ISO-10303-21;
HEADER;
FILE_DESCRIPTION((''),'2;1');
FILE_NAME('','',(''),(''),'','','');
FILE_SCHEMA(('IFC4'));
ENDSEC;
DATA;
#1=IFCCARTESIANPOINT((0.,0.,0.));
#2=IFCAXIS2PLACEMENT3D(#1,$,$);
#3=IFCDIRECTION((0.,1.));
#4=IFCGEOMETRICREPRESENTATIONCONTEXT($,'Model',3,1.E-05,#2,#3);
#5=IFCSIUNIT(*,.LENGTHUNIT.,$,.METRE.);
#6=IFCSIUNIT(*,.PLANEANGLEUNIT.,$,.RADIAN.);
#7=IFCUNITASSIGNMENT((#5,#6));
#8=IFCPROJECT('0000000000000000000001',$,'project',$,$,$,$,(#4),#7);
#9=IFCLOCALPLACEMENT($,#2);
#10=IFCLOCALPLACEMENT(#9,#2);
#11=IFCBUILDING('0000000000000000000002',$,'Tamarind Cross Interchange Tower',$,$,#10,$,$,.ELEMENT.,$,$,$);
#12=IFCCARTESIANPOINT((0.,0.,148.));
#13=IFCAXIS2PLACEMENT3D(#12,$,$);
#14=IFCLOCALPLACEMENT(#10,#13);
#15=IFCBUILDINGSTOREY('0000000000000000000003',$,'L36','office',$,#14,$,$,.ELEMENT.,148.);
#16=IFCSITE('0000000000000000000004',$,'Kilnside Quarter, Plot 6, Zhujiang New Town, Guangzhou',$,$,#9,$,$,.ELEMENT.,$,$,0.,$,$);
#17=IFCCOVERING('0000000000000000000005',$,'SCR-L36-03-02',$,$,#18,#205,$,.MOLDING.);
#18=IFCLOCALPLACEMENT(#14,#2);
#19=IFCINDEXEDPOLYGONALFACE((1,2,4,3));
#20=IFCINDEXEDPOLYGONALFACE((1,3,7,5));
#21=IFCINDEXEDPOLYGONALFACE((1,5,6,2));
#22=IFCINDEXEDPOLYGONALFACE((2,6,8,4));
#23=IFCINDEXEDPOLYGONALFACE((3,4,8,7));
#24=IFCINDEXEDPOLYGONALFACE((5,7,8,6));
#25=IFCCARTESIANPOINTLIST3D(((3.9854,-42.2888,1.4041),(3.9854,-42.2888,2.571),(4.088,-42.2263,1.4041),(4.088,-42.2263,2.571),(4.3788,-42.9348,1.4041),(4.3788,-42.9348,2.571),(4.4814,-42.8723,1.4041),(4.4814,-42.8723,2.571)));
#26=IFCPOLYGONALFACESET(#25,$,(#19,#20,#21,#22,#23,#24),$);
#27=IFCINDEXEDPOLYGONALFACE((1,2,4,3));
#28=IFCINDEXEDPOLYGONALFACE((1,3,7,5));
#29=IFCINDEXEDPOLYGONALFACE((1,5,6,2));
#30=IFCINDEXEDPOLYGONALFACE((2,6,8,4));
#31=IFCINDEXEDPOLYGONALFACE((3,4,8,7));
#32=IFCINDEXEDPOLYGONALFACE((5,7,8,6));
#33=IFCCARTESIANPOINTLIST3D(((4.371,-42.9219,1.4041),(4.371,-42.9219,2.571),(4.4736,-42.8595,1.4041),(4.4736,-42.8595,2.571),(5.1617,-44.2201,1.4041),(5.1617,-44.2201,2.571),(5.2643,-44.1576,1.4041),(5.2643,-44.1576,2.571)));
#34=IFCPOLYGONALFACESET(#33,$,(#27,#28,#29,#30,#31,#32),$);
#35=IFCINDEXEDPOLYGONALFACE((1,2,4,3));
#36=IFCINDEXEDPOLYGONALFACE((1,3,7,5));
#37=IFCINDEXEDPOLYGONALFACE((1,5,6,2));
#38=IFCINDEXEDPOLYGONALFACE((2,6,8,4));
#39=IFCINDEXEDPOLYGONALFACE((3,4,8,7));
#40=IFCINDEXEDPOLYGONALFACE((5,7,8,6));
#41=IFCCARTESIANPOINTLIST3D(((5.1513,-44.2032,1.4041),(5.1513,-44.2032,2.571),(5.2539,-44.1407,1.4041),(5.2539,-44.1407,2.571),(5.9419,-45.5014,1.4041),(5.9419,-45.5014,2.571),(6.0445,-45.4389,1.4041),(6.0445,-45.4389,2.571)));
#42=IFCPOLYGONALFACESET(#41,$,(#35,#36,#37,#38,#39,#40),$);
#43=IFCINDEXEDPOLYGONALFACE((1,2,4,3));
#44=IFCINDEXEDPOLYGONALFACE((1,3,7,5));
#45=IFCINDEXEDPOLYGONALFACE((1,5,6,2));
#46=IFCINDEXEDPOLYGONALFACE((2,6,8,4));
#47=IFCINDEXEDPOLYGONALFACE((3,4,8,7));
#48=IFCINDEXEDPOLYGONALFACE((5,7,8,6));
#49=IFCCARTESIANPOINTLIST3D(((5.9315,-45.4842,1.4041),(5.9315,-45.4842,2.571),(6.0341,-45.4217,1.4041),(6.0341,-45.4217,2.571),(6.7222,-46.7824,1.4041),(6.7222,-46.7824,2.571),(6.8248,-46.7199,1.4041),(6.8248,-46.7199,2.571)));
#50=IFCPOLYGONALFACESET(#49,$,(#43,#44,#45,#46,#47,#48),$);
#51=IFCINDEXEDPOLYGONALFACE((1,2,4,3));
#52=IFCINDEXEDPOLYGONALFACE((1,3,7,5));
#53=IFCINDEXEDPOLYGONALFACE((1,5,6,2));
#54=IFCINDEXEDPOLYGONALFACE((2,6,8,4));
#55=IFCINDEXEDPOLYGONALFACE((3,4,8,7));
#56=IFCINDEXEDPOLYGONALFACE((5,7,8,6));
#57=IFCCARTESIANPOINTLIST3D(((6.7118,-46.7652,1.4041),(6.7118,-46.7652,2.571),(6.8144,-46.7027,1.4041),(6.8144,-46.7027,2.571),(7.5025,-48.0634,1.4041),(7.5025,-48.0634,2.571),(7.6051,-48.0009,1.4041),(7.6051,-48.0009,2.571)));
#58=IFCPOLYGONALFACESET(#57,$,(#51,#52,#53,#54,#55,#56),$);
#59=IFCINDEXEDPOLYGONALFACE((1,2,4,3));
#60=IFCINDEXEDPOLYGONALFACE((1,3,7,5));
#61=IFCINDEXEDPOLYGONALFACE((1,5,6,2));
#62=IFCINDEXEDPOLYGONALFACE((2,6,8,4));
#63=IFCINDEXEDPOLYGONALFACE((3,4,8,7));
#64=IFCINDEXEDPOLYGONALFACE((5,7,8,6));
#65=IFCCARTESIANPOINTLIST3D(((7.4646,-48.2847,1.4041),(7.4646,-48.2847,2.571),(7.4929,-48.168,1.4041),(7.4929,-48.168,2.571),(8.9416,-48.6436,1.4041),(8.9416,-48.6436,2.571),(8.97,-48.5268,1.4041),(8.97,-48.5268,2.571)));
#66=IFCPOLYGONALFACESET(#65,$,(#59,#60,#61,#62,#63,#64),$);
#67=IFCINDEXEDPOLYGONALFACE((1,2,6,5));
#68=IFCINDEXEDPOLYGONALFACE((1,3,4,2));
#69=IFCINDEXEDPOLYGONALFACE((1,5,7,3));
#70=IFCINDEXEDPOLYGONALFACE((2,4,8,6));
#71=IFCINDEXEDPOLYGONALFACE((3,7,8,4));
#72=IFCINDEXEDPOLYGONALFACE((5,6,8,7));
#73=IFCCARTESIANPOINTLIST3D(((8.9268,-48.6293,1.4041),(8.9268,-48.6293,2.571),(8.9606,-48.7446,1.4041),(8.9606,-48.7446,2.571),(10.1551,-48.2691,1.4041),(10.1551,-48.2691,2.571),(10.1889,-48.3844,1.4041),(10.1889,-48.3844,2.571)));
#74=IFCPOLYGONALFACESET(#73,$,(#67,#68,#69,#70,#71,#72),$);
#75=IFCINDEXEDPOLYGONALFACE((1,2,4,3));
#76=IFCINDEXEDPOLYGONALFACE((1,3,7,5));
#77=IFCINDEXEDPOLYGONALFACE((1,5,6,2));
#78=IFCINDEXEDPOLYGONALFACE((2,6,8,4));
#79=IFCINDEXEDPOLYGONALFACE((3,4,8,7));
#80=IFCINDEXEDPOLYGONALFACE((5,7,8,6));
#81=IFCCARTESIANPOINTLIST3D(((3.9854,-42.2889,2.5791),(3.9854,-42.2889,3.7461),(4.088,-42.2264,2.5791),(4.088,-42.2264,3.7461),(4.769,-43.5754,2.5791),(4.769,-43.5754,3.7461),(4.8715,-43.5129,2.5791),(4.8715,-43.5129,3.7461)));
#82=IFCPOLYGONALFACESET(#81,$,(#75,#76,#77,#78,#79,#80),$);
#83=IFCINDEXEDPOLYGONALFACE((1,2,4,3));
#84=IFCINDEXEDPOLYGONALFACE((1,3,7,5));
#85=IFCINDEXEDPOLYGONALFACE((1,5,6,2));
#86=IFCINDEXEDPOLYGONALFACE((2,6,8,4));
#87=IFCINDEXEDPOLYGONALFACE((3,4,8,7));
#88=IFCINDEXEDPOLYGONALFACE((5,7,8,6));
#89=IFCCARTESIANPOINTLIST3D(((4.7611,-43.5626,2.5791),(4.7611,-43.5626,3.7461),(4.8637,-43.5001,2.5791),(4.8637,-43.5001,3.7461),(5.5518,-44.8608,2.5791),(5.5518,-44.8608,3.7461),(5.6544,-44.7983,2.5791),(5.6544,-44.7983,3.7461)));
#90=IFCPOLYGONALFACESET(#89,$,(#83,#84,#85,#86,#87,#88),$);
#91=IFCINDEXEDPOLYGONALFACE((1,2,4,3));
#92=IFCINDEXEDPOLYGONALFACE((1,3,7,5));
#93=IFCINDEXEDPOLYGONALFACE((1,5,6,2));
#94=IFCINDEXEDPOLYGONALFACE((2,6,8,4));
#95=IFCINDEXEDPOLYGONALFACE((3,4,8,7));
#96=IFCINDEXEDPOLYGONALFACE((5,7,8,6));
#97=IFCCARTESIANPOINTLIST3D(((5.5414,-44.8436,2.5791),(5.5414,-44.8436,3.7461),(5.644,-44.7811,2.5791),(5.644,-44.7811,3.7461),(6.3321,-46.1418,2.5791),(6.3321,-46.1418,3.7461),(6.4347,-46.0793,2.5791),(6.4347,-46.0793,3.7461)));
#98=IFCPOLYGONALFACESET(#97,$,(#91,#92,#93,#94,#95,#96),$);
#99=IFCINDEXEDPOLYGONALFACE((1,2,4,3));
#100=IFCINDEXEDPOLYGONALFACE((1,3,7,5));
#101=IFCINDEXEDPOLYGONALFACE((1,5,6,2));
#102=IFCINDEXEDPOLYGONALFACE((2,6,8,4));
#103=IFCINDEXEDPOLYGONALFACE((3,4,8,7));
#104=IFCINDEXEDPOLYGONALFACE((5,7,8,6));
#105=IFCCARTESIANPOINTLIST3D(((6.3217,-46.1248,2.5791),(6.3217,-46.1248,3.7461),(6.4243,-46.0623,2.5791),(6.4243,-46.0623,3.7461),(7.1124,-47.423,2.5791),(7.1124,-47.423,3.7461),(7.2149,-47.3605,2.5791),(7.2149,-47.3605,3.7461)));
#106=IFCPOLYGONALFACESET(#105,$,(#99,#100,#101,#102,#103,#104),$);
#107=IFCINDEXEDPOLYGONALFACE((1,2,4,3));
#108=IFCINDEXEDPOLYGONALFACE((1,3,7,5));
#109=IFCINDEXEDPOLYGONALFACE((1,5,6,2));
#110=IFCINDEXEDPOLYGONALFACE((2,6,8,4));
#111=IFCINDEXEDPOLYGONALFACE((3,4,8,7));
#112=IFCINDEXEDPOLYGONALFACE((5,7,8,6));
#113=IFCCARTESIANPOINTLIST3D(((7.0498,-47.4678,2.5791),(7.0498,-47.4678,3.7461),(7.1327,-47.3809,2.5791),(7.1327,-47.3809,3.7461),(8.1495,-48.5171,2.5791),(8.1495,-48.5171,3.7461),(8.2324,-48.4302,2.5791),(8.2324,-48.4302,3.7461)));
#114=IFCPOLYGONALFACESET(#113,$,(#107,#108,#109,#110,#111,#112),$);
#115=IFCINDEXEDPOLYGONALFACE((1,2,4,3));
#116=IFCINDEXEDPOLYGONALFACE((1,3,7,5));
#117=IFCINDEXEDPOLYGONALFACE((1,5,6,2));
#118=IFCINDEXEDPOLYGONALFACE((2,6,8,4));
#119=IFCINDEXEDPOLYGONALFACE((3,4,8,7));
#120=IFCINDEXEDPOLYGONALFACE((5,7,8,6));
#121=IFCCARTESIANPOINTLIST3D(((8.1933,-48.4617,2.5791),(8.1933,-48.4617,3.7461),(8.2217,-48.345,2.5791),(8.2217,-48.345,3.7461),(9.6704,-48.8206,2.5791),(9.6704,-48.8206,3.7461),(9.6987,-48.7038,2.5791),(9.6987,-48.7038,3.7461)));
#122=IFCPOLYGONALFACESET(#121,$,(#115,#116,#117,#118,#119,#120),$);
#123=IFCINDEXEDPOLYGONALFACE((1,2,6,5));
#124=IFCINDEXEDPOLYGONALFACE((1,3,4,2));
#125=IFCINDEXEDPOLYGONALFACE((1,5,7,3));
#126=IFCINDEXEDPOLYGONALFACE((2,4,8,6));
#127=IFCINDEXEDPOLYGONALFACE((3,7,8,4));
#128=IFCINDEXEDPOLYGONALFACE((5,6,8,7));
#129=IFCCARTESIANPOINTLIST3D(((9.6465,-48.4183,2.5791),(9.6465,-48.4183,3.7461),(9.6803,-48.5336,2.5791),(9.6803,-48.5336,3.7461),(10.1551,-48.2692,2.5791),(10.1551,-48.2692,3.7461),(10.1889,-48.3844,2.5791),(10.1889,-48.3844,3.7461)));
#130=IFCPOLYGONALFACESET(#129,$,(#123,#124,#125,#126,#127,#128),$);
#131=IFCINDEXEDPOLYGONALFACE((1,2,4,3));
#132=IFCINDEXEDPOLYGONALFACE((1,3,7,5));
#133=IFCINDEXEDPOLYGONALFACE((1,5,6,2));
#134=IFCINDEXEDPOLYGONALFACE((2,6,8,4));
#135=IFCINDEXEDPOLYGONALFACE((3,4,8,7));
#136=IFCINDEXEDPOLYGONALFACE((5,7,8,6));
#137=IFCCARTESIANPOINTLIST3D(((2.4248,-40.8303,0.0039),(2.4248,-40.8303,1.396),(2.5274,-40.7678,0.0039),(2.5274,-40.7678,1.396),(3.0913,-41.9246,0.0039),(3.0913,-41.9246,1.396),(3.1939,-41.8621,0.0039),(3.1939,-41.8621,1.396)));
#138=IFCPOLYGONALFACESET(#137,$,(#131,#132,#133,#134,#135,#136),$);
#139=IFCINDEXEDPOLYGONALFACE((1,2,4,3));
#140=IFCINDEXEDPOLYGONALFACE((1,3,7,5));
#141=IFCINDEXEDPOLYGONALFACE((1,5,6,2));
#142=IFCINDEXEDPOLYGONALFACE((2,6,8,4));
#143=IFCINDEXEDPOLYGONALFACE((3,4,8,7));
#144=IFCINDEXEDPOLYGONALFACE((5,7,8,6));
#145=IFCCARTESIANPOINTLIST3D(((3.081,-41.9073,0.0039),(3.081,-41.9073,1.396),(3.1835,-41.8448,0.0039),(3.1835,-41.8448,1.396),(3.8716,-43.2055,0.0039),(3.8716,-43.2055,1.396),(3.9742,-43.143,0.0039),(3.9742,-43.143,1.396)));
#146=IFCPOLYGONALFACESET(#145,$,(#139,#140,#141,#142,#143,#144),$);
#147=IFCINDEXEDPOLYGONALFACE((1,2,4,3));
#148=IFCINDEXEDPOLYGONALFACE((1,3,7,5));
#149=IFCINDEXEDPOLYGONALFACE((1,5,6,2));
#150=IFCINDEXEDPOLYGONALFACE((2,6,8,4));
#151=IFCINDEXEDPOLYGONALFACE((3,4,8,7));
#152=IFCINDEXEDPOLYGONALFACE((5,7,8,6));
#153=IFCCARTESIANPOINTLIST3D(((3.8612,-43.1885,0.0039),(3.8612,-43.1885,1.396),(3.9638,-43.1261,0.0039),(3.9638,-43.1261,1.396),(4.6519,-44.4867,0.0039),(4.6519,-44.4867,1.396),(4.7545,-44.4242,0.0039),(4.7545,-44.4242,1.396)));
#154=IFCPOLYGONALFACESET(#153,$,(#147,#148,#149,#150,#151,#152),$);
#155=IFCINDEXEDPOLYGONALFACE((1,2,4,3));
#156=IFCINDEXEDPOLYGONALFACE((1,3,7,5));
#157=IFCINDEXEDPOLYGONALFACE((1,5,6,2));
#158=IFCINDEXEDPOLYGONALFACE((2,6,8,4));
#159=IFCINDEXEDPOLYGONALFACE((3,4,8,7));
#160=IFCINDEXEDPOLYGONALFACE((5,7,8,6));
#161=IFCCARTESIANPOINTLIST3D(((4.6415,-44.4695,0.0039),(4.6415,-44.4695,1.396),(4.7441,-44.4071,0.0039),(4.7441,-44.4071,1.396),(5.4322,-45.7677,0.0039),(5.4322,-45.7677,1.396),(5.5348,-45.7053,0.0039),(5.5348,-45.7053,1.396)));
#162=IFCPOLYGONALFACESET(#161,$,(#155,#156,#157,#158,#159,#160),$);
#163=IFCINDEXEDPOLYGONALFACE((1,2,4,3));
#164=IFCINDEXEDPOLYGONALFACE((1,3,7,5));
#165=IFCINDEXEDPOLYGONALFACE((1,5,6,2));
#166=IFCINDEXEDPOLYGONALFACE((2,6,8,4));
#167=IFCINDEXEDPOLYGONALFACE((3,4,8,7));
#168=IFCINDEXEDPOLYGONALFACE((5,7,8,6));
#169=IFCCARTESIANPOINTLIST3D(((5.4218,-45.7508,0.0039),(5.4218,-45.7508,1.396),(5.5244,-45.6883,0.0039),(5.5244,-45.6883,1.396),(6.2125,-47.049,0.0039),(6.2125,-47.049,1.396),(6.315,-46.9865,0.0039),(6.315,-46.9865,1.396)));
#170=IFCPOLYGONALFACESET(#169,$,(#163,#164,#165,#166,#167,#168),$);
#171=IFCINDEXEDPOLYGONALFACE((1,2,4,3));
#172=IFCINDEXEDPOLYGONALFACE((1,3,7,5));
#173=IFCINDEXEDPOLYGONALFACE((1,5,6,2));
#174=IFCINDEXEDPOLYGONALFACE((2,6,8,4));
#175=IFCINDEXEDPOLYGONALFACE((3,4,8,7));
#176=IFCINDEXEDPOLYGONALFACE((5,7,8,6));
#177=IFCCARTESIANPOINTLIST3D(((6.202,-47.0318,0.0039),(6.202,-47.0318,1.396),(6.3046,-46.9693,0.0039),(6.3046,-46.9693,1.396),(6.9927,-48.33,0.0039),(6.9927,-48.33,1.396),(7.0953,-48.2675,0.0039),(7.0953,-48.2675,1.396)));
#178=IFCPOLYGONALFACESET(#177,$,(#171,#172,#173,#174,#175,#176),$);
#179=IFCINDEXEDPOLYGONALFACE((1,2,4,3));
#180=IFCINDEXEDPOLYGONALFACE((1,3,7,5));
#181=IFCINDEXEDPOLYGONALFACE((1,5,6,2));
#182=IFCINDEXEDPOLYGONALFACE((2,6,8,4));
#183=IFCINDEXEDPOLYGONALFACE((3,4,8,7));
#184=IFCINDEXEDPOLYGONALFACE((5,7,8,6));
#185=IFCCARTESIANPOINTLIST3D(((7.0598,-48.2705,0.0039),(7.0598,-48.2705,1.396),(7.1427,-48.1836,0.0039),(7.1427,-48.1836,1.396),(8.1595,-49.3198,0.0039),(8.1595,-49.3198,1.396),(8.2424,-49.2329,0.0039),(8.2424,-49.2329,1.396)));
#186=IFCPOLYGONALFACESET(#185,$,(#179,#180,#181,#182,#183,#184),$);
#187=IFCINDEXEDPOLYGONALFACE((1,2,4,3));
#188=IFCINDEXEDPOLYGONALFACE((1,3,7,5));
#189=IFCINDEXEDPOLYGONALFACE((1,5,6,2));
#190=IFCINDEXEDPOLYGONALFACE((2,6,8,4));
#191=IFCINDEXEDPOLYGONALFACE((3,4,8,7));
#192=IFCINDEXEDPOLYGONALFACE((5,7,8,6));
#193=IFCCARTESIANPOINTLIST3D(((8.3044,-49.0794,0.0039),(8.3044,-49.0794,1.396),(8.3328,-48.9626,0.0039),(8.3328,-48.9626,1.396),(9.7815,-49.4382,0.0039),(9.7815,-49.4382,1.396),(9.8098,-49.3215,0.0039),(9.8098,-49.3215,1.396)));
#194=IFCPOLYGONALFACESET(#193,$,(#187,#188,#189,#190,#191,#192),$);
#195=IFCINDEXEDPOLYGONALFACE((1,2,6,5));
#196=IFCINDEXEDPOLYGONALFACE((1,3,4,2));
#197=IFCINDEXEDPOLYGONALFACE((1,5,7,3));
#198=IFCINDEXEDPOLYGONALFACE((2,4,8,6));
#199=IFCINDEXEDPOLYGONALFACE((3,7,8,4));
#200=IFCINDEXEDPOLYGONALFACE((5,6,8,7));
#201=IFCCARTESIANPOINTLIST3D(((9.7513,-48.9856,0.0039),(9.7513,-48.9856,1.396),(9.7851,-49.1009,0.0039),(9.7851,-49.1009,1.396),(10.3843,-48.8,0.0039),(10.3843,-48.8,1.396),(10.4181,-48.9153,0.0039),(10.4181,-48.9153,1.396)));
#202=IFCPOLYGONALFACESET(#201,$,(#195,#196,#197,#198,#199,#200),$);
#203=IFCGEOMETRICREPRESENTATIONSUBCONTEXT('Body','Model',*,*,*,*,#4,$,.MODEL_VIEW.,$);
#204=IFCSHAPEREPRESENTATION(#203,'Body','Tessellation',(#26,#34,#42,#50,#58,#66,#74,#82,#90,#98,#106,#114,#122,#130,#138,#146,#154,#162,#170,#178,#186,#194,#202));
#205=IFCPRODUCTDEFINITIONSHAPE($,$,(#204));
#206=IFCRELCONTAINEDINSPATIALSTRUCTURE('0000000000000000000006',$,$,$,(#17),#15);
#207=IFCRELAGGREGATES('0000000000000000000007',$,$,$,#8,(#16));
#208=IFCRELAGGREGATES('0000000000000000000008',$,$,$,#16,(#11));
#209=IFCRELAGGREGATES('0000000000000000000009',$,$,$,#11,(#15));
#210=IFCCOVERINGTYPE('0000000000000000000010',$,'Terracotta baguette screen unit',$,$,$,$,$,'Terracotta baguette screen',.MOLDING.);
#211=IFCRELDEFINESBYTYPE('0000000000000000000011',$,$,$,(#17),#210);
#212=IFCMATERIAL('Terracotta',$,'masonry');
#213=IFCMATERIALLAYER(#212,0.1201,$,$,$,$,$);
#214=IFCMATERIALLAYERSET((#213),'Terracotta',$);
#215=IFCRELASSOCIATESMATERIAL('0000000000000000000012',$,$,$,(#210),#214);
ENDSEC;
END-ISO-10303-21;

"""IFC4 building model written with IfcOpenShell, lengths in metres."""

from ifc_helpers import new_model, si_unit, direction, frame, origin, origin_2d, place, context, subcontext, project, spatial, rectangle, extrude, material, layer, layer_set, type_object, element, save


model = new_model("IFC4")

# Units and contexts
model_context = context("Model", 3, precision=1e-05, world=origin(), true_north=direction((0.0, 1.0)))
body_context = subcontext(model_context, "Body", "Model", "MODEL_VIEW")
ifc_project = project(units=[si_unit("LENGTHUNIT", "METRE"), si_unit("PLANEANGLEUNIT", "RADIAN")], contexts=[model_context])

# Site, building, storey
site_placement = place(None, origin())
site = spatial("IfcSite", under=ifc_project, at=site_placement, Name="Kilnside Quarter, Plot 6, Zhujiang New Town, Guangzhou", CompositionType="ELEMENT", RefElevation=0.0)
building_placement = place(site_placement, origin())
building = spatial("IfcBuilding", under=site, at=building_placement, Name="Tamarind Cross Interchange Tower", CompositionType="ELEMENT")
storey_placement = place(building_placement, frame((0.0, 0.0, 148.0)))
storey = spatial("IfcBuildingStorey", under=building, at=storey_placement, Name="L36", Description="office", CompositionType="ELEMENT", Elevation=148.0)

# Covering
ifc_material_1 = material(Name="Terracotta", Category="masonry")
ifc_layer_1 = layer(ifc_material_1, 0.1201)
ifc_layer_set_1 = layer_set([ifc_layer_1], Name="Terracotta")
covering_type = type_object("IfcCoveringType", Name="Terracotta baguette screen unit", ElementType="Terracotta baguette screen", PredefinedType="MOLDING", material=ifc_layer_set_1)
covering_1_placement = place(storey_placement, origin())
element("IfcCovering", 1, at=covering_1_placement, inside=storey, type_object=covering_type, Name="SCR-L36-03-02", PredefinedType="MOLDING", context=body_context, shape_type="SweptSolid", body=[
    extrude(rectangle(XDim=0.7563, YDim=0.1201, at=origin_2d()), frame((4.2334, -42.5806, 1.4041), z_axis=(0.0, 0.0, 1.0), x_axis=(0.520175, -0.85406, 0.0)), (0.0, 0.0, 1.0), 1.167),
    extrude(rectangle(XDim=1.52, YDim=0.1201, at=origin_2d()), frame((4.8176, -43.5398, 1.4041), z_axis=(0.0, 0.0, 1.0), x_axis=(0.520175, -0.85406, 0.0)), (0.0, 0.0, 1.0), 1.167),
    extrude(rectangle(XDim=1.52, YDim=0.1201, at=origin_2d()), frame((5.5979, -44.821, 1.4041), z_axis=(0.0, 0.0, 1.0), x_axis=(0.520175, -0.85406, 0.0)), (0.0, 0.0, 1.0), 1.167),
    extrude(rectangle(XDim=1.52, YDim=0.1201, at=origin_2d()), frame((6.3782, -46.1021, 1.4041), z_axis=(0.0, 0.0, 1.0), x_axis=(0.520175, -0.85406, 0.0)), (0.0, 0.0, 1.0), 1.167),
    extrude(rectangle(XDim=1.52, YDim=0.1201, at=origin_2d()), frame((7.1584, -47.3831, 1.4041), z_axis=(0.0, 0.0, 1.0), x_axis=(0.520175, -0.85406, 0.0)), (0.0, 0.0, 1.0), 1.167),
    extrude(rectangle(XDim=1.52, YDim=0.1201, at=origin_2d()), frame((8.2173, -48.4058, 1.4041), z_axis=(0.0, 0.0, 1.0), x_axis=(0.971731, -0.236092, 0.0)), (0.0, 0.0, 1.0), 1.167),
    extrude(rectangle(XDim=1.28, YDim=0.1201, at=origin_2d()), frame((9.5579, -48.5068, 1.4041), z_axis=(0.0, 0.0, 1.0), x_axis=(0.959589, 0.281404, 0.0)), (0.0, 0.0, 1.0), 1.167),
    extrude(rectangle(XDim=1.5063, YDim=0.1201, at=origin_2d()), frame((4.4285, -42.9009, 2.5791), z_axis=(0.0, 0.0, 1.0), x_axis=(0.520175, -0.85406, 0.0)), (0.0, 0.0, 1.0), 1.167),
    extrude(rectangle(XDim=1.52, YDim=0.1201, at=origin_2d()), frame((5.2078, -44.1804, 2.5791), z_axis=(0.0, 0.0, 1.0), x_axis=(0.520175, -0.85406, 0.0)), (0.0, 0.0, 1.0), 1.167),
    extrude(rectangle(XDim=1.52, YDim=0.1201, at=origin_2d()), frame((5.988, -45.4614, 2.5791), z_axis=(0.0, 0.0, 1.0), x_axis=(0.520175, -0.85406, 0.0)), (0.0, 0.0, 1.0), 1.167),
    extrude(rectangle(XDim=1.52, YDim=0.1201, at=origin_2d()), frame((6.7683, -46.7427, 2.5791), z_axis=(0.0, 0.0, 1.0), x_axis=(0.520175, -0.85406, 0.0)), (0.0, 0.0, 1.0), 1.167),
    extrude(rectangle(XDim=1.52, YDim=0.1201, at=origin_2d()), frame((7.6411, -47.949, 2.5791), z_axis=(0.0, 0.0, 1.0), x_axis=(0.723497, -0.690327, 0.0)), (0.0, 0.0, 1.0), 1.167),
    extrude(rectangle(XDim=1.52, YDim=0.1201, at=origin_2d()), frame((8.946, -48.5828, 2.5791), z_axis=(0.0, 0.0, 1.0), x_axis=(0.971731, -0.236092, 0.0)), (0.0, 0.0, 1.0), 1.167),
    extrude(rectangle(XDim=0.53, YDim=0.1201, at=origin_2d()), frame((9.9177, -48.4014, 2.5791), z_axis=(0.0, 0.0, 1.0), x_axis=(0.959589, 0.281404, 0.0)), (0.0, 0.0, 1.0), 1.167),
    extrude(rectangle(XDim=1.2812, YDim=0.1201, at=origin_2d()), frame((2.8093, -41.3462, 0.0039), z_axis=(0.0, 0.0, 1.0), x_axis=(0.520175, -0.85406, 0.0)), (0.0, 0.0, 1.0), 1.3921),
    extrude(rectangle(XDim=1.52, YDim=0.1201, at=origin_2d()), frame((3.5276, -42.5251, 0.0039), z_axis=(0.0, 0.0, 1.0), x_axis=(0.520175, -0.85406, 0.0)), (0.0, 0.0, 1.0), 1.3921),
    extrude(rectangle(XDim=1.52, YDim=0.1201, at=origin_2d()), frame((4.3079, -43.8064, 0.0039), z_axis=(0.0, 0.0, 1.0), x_axis=(0.520175, -0.85406, 0.0)), (0.0, 0.0, 1.0), 1.3921),
    extrude(rectangle(XDim=1.52, YDim=0.1201, at=origin_2d()), frame((5.0881, -45.0874, 0.0039), z_axis=(0.0, 0.0, 1.0), x_axis=(0.520175, -0.85406, 0.0)), (0.0, 0.0, 1.0), 1.3921),
    extrude(rectangle(XDim=1.52, YDim=0.1201, at=origin_2d()), frame((5.8684, -46.3687, 0.0039), z_axis=(0.0, 0.0, 1.0), x_axis=(0.520175, -0.85406, 0.0)), (0.0, 0.0, 1.0), 1.3921),
    extrude(rectangle(XDim=1.52, YDim=0.1201, at=origin_2d()), frame((6.6487, -47.6497, 0.0039), z_axis=(0.0, 0.0, 1.0), x_axis=(0.520175, -0.85406, 0.0)), (0.0, 0.0, 1.0), 1.3921),
    extrude(rectangle(XDim=1.52, YDim=0.1201, at=origin_2d()), frame((7.6511, -48.7517, 0.0039), z_axis=(0.0, 0.0, 1.0), x_axis=(0.723497, -0.690327, 0.0)), (0.0, 0.0, 1.0), 1.3921),
    extrude(rectangle(XDim=1.52, YDim=0.1201, at=origin_2d()), frame((9.0571, -49.2004, 0.0039), z_axis=(0.0, 0.0, 1.0), x_axis=(0.971731, -0.236092, 0.0)), (0.0, 0.0, 1.0), 1.3921),
    extrude(rectangle(XDim=0.6597, YDim=0.1201, at=origin_2d()), frame((10.0847, -48.9504, 0.0039), z_axis=(0.0, 0.0, 1.0), x_axis=(0.959589, 0.281404, 0.0)), (0.0, 0.0, 1.0), 1.3921),
])

save(model, "model.ifc")
